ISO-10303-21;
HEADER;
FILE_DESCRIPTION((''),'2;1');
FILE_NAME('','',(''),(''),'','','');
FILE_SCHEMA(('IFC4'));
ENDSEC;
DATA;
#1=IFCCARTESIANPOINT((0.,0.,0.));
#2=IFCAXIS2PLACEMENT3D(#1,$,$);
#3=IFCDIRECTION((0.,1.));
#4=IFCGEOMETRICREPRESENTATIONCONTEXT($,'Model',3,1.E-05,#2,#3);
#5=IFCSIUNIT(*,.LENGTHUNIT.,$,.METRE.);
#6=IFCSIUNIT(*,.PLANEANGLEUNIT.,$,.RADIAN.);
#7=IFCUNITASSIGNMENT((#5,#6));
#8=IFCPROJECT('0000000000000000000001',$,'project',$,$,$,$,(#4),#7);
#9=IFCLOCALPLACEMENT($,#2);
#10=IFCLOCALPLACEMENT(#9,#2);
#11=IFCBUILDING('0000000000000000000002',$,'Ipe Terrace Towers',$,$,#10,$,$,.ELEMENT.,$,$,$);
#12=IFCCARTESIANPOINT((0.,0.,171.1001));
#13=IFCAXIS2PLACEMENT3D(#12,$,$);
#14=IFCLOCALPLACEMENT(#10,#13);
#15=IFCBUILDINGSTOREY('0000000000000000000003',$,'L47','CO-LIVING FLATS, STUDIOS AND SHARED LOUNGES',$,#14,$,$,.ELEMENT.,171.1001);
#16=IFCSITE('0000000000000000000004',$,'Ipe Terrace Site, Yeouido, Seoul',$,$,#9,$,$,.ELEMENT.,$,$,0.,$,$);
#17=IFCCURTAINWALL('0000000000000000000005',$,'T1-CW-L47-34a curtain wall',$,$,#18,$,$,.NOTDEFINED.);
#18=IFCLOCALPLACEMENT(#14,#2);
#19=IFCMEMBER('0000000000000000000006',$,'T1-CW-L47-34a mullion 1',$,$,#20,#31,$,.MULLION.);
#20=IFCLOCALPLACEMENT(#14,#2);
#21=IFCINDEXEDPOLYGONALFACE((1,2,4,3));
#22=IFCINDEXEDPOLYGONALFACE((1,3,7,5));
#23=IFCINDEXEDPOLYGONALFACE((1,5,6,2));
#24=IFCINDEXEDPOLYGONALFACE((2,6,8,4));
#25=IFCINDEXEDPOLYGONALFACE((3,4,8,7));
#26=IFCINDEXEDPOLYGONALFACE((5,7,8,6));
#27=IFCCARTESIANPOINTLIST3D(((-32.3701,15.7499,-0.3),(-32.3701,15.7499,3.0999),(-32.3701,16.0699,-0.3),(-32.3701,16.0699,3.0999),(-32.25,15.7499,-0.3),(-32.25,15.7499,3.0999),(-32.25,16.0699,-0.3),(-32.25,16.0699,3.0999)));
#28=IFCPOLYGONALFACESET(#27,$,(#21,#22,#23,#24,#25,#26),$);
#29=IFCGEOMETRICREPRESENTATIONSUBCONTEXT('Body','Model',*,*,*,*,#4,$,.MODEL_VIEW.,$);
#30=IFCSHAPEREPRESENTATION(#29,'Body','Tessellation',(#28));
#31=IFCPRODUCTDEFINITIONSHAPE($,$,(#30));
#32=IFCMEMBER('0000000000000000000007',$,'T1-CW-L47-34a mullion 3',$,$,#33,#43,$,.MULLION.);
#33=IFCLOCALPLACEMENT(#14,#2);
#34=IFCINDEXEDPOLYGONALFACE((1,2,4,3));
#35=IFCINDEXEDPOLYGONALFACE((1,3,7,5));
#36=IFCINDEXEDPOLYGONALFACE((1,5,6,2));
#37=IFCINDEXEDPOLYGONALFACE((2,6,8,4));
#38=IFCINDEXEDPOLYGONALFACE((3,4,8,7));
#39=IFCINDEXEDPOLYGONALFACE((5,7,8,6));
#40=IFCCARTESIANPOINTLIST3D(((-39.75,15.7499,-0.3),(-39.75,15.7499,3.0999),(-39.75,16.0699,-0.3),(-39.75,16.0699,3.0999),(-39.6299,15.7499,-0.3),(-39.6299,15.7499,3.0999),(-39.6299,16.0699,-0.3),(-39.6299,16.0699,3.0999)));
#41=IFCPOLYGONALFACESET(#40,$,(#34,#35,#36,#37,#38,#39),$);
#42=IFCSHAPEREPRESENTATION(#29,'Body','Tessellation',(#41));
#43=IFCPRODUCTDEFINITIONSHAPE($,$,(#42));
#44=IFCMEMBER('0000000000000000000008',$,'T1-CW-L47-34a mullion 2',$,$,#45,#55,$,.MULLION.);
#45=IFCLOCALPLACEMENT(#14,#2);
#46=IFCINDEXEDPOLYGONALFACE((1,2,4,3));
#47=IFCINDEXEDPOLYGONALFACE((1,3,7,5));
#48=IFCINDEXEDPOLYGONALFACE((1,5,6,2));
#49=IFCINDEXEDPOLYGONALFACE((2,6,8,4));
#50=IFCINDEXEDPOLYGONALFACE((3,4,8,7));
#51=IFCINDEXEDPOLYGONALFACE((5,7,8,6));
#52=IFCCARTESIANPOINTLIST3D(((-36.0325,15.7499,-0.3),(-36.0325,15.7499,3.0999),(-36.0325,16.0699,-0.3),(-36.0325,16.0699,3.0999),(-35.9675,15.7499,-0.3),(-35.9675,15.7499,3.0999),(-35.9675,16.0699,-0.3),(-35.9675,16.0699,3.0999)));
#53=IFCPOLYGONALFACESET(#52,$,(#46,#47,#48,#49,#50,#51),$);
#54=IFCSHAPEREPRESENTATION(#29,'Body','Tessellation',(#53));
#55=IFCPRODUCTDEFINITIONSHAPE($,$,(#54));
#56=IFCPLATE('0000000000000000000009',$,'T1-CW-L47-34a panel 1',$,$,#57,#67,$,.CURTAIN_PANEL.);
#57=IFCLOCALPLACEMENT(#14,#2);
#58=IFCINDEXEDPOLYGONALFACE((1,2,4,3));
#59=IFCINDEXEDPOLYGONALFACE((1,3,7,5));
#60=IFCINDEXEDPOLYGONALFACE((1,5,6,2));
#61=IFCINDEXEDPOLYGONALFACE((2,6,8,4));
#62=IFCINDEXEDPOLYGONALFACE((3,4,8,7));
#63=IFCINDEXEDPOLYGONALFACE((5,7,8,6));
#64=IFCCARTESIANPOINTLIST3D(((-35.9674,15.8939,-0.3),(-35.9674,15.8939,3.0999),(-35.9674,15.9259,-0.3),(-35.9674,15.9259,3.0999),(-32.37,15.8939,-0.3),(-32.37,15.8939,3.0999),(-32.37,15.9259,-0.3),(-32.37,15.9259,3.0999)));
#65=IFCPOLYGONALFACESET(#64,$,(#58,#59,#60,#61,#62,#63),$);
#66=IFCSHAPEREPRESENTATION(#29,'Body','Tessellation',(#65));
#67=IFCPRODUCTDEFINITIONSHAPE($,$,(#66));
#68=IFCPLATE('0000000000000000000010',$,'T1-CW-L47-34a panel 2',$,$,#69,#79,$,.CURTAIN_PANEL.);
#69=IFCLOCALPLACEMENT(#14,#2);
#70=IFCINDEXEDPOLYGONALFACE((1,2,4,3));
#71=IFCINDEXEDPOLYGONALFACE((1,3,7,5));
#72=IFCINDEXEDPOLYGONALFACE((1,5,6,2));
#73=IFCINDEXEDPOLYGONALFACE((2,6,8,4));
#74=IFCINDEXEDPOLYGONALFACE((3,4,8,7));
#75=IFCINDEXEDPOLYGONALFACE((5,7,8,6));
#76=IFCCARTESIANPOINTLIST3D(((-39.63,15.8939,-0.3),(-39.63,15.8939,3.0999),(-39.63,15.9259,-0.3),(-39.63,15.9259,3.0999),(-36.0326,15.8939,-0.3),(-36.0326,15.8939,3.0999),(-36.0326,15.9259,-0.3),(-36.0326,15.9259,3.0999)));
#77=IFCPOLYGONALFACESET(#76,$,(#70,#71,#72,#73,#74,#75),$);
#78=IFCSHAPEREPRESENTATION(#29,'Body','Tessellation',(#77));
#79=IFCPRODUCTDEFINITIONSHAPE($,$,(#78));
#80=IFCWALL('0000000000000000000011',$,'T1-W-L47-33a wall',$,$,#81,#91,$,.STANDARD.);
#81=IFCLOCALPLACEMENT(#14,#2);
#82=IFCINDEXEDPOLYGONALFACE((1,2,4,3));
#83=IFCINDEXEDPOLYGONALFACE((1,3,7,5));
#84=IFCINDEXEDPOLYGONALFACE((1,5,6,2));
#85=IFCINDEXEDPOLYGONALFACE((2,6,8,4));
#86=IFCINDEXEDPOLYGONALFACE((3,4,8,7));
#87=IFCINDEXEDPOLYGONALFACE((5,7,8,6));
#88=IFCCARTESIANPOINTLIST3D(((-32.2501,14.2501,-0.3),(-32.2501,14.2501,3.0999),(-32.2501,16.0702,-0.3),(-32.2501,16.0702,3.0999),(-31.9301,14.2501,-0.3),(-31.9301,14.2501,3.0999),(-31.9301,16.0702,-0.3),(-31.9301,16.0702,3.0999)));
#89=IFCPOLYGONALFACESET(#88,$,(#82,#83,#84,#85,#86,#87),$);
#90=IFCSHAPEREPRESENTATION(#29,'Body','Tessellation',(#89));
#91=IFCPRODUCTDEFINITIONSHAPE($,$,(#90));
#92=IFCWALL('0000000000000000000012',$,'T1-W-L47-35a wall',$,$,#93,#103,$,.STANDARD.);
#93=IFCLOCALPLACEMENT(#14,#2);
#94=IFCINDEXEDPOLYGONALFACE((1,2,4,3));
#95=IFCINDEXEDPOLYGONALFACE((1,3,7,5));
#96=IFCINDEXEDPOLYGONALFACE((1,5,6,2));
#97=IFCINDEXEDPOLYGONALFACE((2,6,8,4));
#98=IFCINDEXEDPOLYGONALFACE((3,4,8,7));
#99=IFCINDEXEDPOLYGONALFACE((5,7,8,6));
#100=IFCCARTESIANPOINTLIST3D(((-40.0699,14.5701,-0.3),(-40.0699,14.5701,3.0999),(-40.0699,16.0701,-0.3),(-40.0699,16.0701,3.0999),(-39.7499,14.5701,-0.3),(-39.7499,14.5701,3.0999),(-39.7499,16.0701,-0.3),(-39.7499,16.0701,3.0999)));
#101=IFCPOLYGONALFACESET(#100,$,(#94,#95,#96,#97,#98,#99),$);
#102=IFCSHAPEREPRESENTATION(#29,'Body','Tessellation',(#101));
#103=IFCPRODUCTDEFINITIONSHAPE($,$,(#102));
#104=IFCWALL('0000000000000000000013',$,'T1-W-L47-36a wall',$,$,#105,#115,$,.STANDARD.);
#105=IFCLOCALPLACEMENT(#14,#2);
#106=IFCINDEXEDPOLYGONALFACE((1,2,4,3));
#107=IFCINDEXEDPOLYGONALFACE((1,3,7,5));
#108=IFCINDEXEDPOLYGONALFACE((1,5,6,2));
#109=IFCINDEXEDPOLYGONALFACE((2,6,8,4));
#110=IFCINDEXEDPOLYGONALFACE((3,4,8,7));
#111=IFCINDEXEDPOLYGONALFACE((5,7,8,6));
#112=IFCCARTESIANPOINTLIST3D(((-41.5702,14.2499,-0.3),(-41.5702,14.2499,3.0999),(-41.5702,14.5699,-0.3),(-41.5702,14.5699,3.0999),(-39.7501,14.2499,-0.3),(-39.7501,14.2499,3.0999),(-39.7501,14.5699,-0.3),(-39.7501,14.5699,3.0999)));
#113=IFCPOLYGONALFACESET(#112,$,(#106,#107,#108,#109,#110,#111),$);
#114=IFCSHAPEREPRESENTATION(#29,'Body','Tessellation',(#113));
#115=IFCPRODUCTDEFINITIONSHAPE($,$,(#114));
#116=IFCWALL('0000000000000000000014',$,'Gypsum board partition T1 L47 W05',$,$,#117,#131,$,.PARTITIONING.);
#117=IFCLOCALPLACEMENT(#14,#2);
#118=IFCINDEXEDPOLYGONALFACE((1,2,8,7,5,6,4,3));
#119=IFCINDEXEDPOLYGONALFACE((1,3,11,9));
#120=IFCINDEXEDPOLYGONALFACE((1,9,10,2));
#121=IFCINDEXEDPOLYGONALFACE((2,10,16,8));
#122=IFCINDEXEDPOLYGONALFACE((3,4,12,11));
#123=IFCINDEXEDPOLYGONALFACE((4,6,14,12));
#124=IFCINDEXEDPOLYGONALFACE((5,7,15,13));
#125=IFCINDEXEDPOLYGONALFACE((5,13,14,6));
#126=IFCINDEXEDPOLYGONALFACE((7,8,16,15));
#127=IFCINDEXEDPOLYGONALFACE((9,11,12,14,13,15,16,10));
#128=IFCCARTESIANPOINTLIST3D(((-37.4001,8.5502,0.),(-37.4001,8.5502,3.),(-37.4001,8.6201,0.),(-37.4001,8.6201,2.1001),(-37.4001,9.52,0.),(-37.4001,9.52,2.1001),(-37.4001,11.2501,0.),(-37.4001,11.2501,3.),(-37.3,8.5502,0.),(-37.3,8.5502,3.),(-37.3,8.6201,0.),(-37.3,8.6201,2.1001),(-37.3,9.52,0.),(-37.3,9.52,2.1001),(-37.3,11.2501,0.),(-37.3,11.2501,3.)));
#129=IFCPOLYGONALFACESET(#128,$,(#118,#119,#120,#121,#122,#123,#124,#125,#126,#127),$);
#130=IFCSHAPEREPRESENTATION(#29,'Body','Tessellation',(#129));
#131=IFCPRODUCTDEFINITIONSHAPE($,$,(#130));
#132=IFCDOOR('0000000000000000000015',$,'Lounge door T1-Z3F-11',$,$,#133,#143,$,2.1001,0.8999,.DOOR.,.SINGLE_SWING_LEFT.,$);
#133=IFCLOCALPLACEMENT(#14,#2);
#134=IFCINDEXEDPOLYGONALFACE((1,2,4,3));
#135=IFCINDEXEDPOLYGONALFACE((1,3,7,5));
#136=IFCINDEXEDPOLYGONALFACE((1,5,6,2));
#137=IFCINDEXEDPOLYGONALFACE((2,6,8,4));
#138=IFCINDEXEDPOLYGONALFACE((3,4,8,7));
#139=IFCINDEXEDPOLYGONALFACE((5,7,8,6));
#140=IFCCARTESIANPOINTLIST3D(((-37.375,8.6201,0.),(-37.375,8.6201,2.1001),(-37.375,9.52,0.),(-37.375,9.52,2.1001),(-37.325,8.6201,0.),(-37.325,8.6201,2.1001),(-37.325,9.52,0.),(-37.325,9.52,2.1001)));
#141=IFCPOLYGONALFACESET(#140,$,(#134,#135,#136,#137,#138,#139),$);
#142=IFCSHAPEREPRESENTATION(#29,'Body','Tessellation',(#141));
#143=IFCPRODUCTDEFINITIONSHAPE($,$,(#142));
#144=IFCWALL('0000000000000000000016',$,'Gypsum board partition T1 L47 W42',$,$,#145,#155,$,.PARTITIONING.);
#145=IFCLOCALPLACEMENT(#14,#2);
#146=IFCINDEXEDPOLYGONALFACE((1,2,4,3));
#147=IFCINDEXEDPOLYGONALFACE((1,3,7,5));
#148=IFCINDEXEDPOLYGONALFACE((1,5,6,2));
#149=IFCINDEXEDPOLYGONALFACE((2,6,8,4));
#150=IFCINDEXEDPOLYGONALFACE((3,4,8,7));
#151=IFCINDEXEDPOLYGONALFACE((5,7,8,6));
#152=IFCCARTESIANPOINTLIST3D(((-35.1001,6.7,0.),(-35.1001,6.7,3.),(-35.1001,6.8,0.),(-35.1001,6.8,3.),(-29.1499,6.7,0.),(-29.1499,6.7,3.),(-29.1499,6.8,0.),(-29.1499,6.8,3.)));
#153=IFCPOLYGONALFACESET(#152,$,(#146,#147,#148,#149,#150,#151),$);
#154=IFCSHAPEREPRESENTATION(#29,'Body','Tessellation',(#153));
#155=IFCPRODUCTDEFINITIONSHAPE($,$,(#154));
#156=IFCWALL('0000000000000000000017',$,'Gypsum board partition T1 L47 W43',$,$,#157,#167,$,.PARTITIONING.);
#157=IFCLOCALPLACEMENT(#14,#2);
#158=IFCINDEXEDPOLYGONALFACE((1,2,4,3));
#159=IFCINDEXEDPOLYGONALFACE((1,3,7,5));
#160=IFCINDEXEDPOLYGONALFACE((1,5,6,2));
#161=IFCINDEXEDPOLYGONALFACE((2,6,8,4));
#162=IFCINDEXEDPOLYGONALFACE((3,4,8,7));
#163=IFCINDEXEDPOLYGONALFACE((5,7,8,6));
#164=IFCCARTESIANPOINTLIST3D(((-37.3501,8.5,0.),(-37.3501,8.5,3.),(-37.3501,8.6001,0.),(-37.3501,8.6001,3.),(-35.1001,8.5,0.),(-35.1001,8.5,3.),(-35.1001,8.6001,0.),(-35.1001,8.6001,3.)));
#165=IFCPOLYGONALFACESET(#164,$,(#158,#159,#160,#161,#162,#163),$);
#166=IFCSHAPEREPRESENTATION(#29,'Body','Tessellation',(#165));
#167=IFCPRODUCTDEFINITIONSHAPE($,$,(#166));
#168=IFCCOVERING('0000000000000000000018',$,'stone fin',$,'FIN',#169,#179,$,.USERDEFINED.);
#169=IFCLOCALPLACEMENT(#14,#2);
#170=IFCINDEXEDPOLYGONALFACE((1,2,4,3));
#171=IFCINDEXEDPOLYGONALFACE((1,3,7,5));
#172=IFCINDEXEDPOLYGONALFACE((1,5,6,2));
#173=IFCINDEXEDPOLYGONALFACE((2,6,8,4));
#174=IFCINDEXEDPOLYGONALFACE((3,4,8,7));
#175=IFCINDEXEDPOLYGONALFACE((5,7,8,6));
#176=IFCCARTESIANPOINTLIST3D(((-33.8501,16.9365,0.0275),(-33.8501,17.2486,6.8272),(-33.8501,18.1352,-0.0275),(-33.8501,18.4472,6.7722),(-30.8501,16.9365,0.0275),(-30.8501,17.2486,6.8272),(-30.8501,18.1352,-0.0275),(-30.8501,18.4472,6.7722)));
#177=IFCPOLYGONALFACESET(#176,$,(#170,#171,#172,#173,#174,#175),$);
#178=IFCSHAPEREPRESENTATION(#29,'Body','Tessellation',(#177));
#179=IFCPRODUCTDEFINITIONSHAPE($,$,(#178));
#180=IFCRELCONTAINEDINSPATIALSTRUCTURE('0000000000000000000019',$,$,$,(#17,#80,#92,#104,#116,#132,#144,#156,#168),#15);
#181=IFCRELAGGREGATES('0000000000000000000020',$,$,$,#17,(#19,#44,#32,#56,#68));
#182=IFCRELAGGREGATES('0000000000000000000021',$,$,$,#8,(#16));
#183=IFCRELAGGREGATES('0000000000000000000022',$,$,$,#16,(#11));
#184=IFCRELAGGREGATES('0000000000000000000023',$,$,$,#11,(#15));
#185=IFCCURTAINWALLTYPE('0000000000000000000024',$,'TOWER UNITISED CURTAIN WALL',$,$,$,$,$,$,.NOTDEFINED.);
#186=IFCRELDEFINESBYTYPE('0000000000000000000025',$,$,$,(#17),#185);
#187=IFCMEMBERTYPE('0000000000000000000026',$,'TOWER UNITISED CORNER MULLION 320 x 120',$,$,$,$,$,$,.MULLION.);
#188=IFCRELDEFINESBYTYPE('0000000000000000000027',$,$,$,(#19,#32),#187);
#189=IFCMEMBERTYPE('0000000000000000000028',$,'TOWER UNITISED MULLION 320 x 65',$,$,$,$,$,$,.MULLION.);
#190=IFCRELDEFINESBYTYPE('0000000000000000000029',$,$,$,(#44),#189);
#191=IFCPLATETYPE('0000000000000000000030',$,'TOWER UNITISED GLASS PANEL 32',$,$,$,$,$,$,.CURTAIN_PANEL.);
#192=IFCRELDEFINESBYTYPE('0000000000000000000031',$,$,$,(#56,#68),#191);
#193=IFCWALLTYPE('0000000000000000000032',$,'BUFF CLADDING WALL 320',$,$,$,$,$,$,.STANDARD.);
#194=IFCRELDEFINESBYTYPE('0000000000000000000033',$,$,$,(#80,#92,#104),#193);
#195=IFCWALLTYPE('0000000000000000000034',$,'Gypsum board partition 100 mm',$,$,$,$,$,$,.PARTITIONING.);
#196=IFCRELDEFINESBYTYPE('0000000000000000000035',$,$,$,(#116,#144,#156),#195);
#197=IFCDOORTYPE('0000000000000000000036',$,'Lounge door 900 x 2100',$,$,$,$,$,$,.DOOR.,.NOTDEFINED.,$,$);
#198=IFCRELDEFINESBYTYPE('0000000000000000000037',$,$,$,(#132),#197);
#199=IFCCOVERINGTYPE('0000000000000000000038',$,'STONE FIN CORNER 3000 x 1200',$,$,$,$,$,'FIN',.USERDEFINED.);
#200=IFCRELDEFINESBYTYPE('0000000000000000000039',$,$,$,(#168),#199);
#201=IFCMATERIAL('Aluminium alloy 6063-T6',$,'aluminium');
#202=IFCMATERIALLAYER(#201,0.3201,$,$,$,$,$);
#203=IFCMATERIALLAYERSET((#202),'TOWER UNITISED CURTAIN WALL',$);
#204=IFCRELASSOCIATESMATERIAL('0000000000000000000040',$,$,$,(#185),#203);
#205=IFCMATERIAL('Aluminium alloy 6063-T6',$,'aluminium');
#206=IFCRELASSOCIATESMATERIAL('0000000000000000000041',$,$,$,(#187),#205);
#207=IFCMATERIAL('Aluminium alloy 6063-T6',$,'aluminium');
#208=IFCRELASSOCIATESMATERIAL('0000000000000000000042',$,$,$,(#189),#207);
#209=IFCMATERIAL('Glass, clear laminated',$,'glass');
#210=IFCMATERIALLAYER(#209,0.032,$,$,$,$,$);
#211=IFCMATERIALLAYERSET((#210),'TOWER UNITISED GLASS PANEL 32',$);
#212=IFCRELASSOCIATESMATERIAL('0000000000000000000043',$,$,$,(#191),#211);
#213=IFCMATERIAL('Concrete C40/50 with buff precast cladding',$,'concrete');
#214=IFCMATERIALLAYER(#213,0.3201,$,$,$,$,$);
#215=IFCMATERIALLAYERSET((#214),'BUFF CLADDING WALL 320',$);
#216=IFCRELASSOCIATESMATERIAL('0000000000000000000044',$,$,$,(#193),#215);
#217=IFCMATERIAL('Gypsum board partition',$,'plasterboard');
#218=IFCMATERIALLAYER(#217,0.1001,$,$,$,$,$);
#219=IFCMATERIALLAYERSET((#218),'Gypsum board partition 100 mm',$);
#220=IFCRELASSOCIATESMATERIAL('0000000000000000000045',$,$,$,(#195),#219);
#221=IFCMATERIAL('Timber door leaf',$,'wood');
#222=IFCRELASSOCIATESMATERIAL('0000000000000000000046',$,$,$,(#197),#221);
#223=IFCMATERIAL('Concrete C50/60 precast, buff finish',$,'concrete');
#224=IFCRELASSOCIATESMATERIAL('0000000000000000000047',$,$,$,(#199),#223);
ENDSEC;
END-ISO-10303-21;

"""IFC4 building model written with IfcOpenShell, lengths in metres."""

from ifc_helpers import new_model, si_unit, direction, frame, frame_2d, origin, origin_2d, place, context, subcontext, project, spatial, rectangle, extrude, material, layer, layer_set, material_profile, profile_set, type_object, element, fill, aggregate, save


model = new_model("IFC4")

# Units and contexts
model_context = context("Model", 3, precision=1e-05, world=origin(), true_north=direction((0.0, 1.0)))
body_context = subcontext(model_context, "Body", "Model", "MODEL_VIEW")
ifc_project = project(units=[si_unit("LENGTHUNIT", "METRE"), si_unit("PLANEANGLEUNIT", "RADIAN")], contexts=[model_context])

# Site, building, storey
site_placement = place(None, origin())
site = spatial("IfcSite", under=ifc_project, at=site_placement, Name="Ipe Terrace Site, Yeouido, Seoul", CompositionType="ELEMENT", RefElevation=0.0)
building_placement = place(site_placement, origin())
building = spatial("IfcBuilding", under=site, at=building_placement, Name="Ipe Terrace Towers", CompositionType="ELEMENT")
storey_placement = place(building_placement, frame((0.0, 0.0, 171.1001)))
storey = spatial("IfcBuildingStorey", under=building, at=storey_placement, Name="L47", Description="CO-LIVING FLATS, STUDIOS AND SHARED LOUNGES", CompositionType="ELEMENT", Elevation=171.1001)

# Curtain wall, members, plates
ifc_material_1 = material(Name="Aluminium alloy 6063-T6", Category="aluminium")
ifc_layer_1 = layer(ifc_material_1, 0.3201)
ifc_layer_set_1 = layer_set([ifc_layer_1], Name="TOWER UNITISED CURTAIN WALL")
curtain_wall_type = type_object("IfcCurtainWallType", Name="TOWER UNITISED CURTAIN WALL", PredefinedType="NOTDEFINED", material=ifc_layer_set_1)
curtain_wall_placement = place(storey_placement, origin())
curtain_wall = element("IfcCurtainWall", 1, at=curtain_wall_placement, inside=storey, type_object=curtain_wall_type, Name="T1-CW-L47-34a curtain wall", PredefinedType="NOTDEFINED")
ifc_material_2 = material(Name="Aluminium alloy 6063-T6", Category="aluminium")
ifc_material_profile_1 = material_profile(ifc_material_2, rectangle(XDim=0.3201, YDim=0.1201, at=origin_2d()), Name="TOWER UNITISED CORNER MULLION 320 x 120")
ifc_profile_set_1 = profile_set([ifc_material_profile_1], Name="Aluminium alloy 6063-T6")
member_type_1 = type_object("IfcMemberType", Name="TOWER UNITISED CORNER MULLION 320 x 120", PredefinedType="MULLION", material=ifc_profile_set_1)
member_1_placement = place(storey_placement, frame((-32.3101, 15.9099, -0.3), z_axis=(0.0, 0.0, 1.0), x_axis=(0.0, 1.0, 0.0)))
member_1 = element("IfcMember", 2, at=member_1_placement, type_object=member_type_1, Name="T1-CW-L47-34a mullion 1", PredefinedType="MULLION", context=body_context, shape_type="SweptSolid", body=[
    extrude(rectangle(XDim=0.3201, YDim=0.1201, at=origin_2d()), origin(), (0.0, 0.0, 1.0), 3.3999),
])
member_2_placement = place(storey_placement, frame((-39.6899, 15.9099, -0.3), z_axis=(0.0, 0.0, 1.0), x_axis=(0.0, 1.0, 0.0)))
member_2 = element("IfcMember", 3, at=member_2_placement, type_object=member_type_1, Name="T1-CW-L47-34a mullion 3", PredefinedType="MULLION", context=body_context, shape_type="SweptSolid", body=[
    extrude(rectangle(XDim=0.3201, YDim=0.1201, at=origin_2d()), origin(), (0.0, 0.0, 1.0), 3.3999),
])
ifc_material_3 = material(Name="Aluminium alloy 6063-T6", Category="aluminium")
ifc_material_profile_2 = material_profile(ifc_material_3, rectangle(XDim=0.3201, YDim=0.0649, at=origin_2d()), Name="TOWER UNITISED MULLION 320 x 65")
ifc_profile_set_2 = profile_set([ifc_material_profile_2], Name="Aluminium alloy 6063-T6")
member_type_2 = type_object("IfcMemberType", Name="TOWER UNITISED MULLION 320 x 65", PredefinedType="MULLION", material=ifc_profile_set_2)
member_3_placement = place(storey_placement, frame((-36.0, 15.9099, -0.3), z_axis=(0.0, 0.0, 1.0), x_axis=(0.0, 1.0, 0.0)))
member_3 = element("IfcMember", 4, at=member_3_placement, type_object=member_type_2, Name="T1-CW-L47-34a mullion 2", PredefinedType="MULLION", context=body_context, shape_type="SweptSolid", body=[
    extrude(rectangle(XDim=0.3201, YDim=0.0649, at=origin_2d()), origin(), (0.0, 0.0, 1.0), 3.3999),
])
ifc_material_4 = material(Name="Glass, clear laminated", Category="glass")
ifc_layer_2 = layer(ifc_material_4, 0.032)
ifc_layer_set_2 = layer_set([ifc_layer_2], Name="TOWER UNITISED GLASS PANEL 32")
plate_type = type_object("IfcPlateType", Name="TOWER UNITISED GLASS PANEL 32", PredefinedType="CURTAIN_PANEL", material=ifc_layer_set_2)
plate_1_placement = place(storey_placement, frame((-34.1687, 15.9099, -0.3), z_axis=(0.0, 0.0, 1.0), x_axis=(-1.0, 0.0, 0.0)))
plate_1 = element("IfcPlate", 5, at=plate_1_placement, type_object=plate_type, Name="T1-CW-L47-34a panel 1", PredefinedType="CURTAIN_PANEL", context=body_context, shape_type="SweptSolid", body=[
    extrude(rectangle(XDim=3.5974, YDim=0.032, at=origin_2d()), origin(), (0.0, 0.0, 1.0), 3.3999),
])
plate_2_placement = place(storey_placement, frame((-37.8313, 15.9099, -0.3), z_axis=(0.0, 0.0, 1.0), x_axis=(-1.0, 0.0, 0.0)))
plate_2 = element("IfcPlate", 6, at=plate_2_placement, type_object=plate_type, Name="T1-CW-L47-34a panel 2", PredefinedType="CURTAIN_PANEL", context=body_context, shape_type="SweptSolid", body=[
    extrude(rectangle(XDim=3.5974, YDim=0.032, at=origin_2d()), origin(), (0.0, 0.0, 1.0), 3.3999),
])
aggregate(curtain_wall, [member_1, member_3, member_2, plate_1, plate_2])

# Walls
ifc_material_5 = material(Name="Concrete C40/50 with buff precast cladding", Category="concrete")
ifc_layer_3 = layer(ifc_material_5, 0.3201)
ifc_layer_set_3 = layer_set([ifc_layer_3], Name="BUFF CLADDING WALL 320")
wall_type_1 = type_object("IfcWallType", Name="BUFF CLADDING WALL 320", PredefinedType="STANDARD", material=ifc_layer_set_3)
wall_1_placement = place(storey_placement, frame((-32.0901, 14.25, -0.3), z_axis=(0.0, 0.0, 1.0), x_axis=(0.0, 1.0, 0.0)))
element("IfcWall", 7, at=wall_1_placement, inside=storey, type_object=wall_type_1, Name="T1-W-L47-33a wall", PredefinedType="STANDARD", context=body_context, shape_type="SweptSolid", body=[
    extrude(rectangle(XDim=1.8201, YDim=0.3201, at=frame_2d((0.9102, 0.0))), origin(), (0.0, 0.0, 1.0), 3.3999),
])
wall_2_placement = place(storey_placement, frame((-39.9099, 16.0701, -0.3), z_axis=(0.0, 0.0, 1.0), x_axis=(0.0, -1.0, 0.0)))
element("IfcWall", 8, at=wall_2_placement, inside=storey, type_object=wall_type_1, Name="T1-W-L47-35a wall", PredefinedType="STANDARD", context=body_context, shape_type="SweptSolid", body=[
    extrude(rectangle(XDim=1.5, YDim=0.3201, at=frame_2d((0.75, 0.0))), origin(), (0.0, 0.0, 1.0), 3.3999),
])
wall_3_placement = place(storey_placement, frame((-39.75, 14.4099, -0.3), z_axis=(0.0, 0.0, 1.0), x_axis=(-1.0, 0.0, 0.0)))
element("IfcWall", 9, at=wall_3_placement, inside=storey, type_object=wall_type_1, Name="T1-W-L47-36a wall", PredefinedType="STANDARD", context=body_context, shape_type="SweptSolid", body=[
    extrude(rectangle(XDim=1.8201, YDim=0.3201, at=frame_2d((0.9102, 0.0))), origin(), (0.0, 0.0, 1.0), 3.3999),
])

# Wall, opening, door
ifc_material_6 = material(Name="Gypsum board partition", Category="plasterboard")
ifc_layer_4 = layer(ifc_material_6, 0.1001)
ifc_layer_set_4 = layer_set([ifc_layer_4], Name="Gypsum board partition 100 mm")
wall_type_2 = type_object("IfcWallType", Name="Gypsum board partition 100 mm", PredefinedType="PARTITIONING", material=ifc_layer_set_4)
wall_4_placement = place(storey_placement, frame((-37.3501, 8.55, 0.0), z_axis=(0.0, 0.0, 1.0), x_axis=(0.0, 1.0, 0.0)))
wall_4 = element("IfcWall", 10, at=wall_4_placement, inside=storey, type_object=wall_type_2, Name="Gypsum board partition T1 L47 W05", PredefinedType="PARTITIONING", context=body_context, shape_type="SweptSolid", body=[
    extrude(rectangle(XDim=2.7, YDim=0.1001, at=frame_2d((1.3501, 0.0))), origin(), (0.0, 0.0, 1.0), 3.0),
])
opening_placement = place(wall_4_placement, frame((0.0701, 0.0, 0.0)))
opening = element("IfcOpeningElement", 11, at=opening_placement, cuts=wall_4, PredefinedType="OPENING", context=body_context, shape_type="SweptSolid", body=[
    extrude(rectangle(XDim=0.8999, YDim=2.1001, at=frame_2d((0.45, 1.05))), frame((0.0, 0.0601, 0.0), z_axis=(0.0, -1.0, 0.0), x_axis=(1.0, 0.0, 0.0)), (0.0, 0.0, 1.0), 0.1201),
])
ifc_material_7 = material(Name="Timber door leaf", Category="wood")
door_type = type_object("IfcDoorType", Name="Lounge door 900 x 2100", OperationType="NOTDEFINED", PredefinedType="DOOR", material=ifc_material_7)
door_placement = place(opening_placement, origin())
door = element("IfcDoor", 12, at=door_placement, inside=storey, type_object=door_type, Name="Lounge door T1-Z3F-11", OperationType="SINGLE_SWING_LEFT", OverallHeight=2.1001, OverallWidth=0.8999, PredefinedType="DOOR", context=body_context, shape_type="SweptSolid", body=[
    extrude(rectangle(XDim=0.8999, YDim=2.1001, at=frame_2d((0.45, 1.05))), frame((0.0, 0.0249, 0.0), z_axis=(0.0, -1.0, 0.0), x_axis=(1.0, 0.0, 0.0)), (0.0, 0.0, 1.0), 0.05),
])
fill(opening, door)

# Walls
wall_5_placement = place(storey_placement, frame((-35.1001, 6.75, 0.0), z_axis=(0.0, 0.0, 1.0), x_axis=(1.0, 0.0, 0.0)))
element("IfcWall", 13, at=wall_5_placement, inside=storey, type_object=wall_type_2, Name="Gypsum board partition T1 L47 W42", PredefinedType="PARTITIONING", context=body_context, shape_type="SweptSolid", body=[
    extrude(rectangle(XDim=5.9502, YDim=0.1001, at=frame_2d((2.9751, 0.0))), origin(), (0.0, 0.0, 1.0), 3.0),
])
wall_6_placement = place(storey_placement, frame((-37.3501, 8.55, 0.0), z_axis=(0.0, 0.0, 1.0), x_axis=(1.0, 0.0, 0.0)))
element("IfcWall", 14, at=wall_6_placement, inside=storey, type_object=wall_type_2, Name="Gypsum board partition T1 L47 W43", PredefinedType="PARTITIONING", context=body_context, shape_type="SweptSolid", body=[
    extrude(rectangle(XDim=2.25, YDim=0.1001, at=frame_2d((1.125, 0.0))), origin(), (0.0, 0.0, 1.0), 3.0),
])

# Covering
ifc_material_8 = material(Name="Concrete C50/60 precast, buff finish", Category="concrete")
ifc_material_profile_3 = material_profile(ifc_material_8, rectangle(XDim=3.0, YDim=1.2, at=origin_2d()), Name="STONE FIN CORNER 3000 x 1200")
ifc_profile_set_3 = profile_set([ifc_material_profile_3], Name="Concrete C50/60 precast, buff finish")
covering_type_1 = type_object("IfcCoveringType", Name="STONE FIN CORNER 3000 x 1200", ElementType="FIN", PredefinedType="USERDEFINED", material=ifc_profile_set_3)
for number, where, z_axis, x_axis, name in (
    (15, (-32.3501, 17.5359, 0.0), (0.0, 0.045837, 0.998949), (-1.0, 0.0, 0.0), "stone fin"),
):
    element("IfcCovering", number, at=place(storey_placement, frame(where, z_axis=z_axis, x_axis=x_axis)), inside=storey, type_object=covering_type_1, Name=name, ObjectType="FIN", PredefinedType="USERDEFINED", context=body_context, shape_type="SweptSolid", body=[
        extrude(rectangle(XDim=3.0, YDim=1.2, at=origin_2d()), origin(), (0.0, 0.0, 1.0), 6.8069),
    ])

save(model, "model.ifc")
